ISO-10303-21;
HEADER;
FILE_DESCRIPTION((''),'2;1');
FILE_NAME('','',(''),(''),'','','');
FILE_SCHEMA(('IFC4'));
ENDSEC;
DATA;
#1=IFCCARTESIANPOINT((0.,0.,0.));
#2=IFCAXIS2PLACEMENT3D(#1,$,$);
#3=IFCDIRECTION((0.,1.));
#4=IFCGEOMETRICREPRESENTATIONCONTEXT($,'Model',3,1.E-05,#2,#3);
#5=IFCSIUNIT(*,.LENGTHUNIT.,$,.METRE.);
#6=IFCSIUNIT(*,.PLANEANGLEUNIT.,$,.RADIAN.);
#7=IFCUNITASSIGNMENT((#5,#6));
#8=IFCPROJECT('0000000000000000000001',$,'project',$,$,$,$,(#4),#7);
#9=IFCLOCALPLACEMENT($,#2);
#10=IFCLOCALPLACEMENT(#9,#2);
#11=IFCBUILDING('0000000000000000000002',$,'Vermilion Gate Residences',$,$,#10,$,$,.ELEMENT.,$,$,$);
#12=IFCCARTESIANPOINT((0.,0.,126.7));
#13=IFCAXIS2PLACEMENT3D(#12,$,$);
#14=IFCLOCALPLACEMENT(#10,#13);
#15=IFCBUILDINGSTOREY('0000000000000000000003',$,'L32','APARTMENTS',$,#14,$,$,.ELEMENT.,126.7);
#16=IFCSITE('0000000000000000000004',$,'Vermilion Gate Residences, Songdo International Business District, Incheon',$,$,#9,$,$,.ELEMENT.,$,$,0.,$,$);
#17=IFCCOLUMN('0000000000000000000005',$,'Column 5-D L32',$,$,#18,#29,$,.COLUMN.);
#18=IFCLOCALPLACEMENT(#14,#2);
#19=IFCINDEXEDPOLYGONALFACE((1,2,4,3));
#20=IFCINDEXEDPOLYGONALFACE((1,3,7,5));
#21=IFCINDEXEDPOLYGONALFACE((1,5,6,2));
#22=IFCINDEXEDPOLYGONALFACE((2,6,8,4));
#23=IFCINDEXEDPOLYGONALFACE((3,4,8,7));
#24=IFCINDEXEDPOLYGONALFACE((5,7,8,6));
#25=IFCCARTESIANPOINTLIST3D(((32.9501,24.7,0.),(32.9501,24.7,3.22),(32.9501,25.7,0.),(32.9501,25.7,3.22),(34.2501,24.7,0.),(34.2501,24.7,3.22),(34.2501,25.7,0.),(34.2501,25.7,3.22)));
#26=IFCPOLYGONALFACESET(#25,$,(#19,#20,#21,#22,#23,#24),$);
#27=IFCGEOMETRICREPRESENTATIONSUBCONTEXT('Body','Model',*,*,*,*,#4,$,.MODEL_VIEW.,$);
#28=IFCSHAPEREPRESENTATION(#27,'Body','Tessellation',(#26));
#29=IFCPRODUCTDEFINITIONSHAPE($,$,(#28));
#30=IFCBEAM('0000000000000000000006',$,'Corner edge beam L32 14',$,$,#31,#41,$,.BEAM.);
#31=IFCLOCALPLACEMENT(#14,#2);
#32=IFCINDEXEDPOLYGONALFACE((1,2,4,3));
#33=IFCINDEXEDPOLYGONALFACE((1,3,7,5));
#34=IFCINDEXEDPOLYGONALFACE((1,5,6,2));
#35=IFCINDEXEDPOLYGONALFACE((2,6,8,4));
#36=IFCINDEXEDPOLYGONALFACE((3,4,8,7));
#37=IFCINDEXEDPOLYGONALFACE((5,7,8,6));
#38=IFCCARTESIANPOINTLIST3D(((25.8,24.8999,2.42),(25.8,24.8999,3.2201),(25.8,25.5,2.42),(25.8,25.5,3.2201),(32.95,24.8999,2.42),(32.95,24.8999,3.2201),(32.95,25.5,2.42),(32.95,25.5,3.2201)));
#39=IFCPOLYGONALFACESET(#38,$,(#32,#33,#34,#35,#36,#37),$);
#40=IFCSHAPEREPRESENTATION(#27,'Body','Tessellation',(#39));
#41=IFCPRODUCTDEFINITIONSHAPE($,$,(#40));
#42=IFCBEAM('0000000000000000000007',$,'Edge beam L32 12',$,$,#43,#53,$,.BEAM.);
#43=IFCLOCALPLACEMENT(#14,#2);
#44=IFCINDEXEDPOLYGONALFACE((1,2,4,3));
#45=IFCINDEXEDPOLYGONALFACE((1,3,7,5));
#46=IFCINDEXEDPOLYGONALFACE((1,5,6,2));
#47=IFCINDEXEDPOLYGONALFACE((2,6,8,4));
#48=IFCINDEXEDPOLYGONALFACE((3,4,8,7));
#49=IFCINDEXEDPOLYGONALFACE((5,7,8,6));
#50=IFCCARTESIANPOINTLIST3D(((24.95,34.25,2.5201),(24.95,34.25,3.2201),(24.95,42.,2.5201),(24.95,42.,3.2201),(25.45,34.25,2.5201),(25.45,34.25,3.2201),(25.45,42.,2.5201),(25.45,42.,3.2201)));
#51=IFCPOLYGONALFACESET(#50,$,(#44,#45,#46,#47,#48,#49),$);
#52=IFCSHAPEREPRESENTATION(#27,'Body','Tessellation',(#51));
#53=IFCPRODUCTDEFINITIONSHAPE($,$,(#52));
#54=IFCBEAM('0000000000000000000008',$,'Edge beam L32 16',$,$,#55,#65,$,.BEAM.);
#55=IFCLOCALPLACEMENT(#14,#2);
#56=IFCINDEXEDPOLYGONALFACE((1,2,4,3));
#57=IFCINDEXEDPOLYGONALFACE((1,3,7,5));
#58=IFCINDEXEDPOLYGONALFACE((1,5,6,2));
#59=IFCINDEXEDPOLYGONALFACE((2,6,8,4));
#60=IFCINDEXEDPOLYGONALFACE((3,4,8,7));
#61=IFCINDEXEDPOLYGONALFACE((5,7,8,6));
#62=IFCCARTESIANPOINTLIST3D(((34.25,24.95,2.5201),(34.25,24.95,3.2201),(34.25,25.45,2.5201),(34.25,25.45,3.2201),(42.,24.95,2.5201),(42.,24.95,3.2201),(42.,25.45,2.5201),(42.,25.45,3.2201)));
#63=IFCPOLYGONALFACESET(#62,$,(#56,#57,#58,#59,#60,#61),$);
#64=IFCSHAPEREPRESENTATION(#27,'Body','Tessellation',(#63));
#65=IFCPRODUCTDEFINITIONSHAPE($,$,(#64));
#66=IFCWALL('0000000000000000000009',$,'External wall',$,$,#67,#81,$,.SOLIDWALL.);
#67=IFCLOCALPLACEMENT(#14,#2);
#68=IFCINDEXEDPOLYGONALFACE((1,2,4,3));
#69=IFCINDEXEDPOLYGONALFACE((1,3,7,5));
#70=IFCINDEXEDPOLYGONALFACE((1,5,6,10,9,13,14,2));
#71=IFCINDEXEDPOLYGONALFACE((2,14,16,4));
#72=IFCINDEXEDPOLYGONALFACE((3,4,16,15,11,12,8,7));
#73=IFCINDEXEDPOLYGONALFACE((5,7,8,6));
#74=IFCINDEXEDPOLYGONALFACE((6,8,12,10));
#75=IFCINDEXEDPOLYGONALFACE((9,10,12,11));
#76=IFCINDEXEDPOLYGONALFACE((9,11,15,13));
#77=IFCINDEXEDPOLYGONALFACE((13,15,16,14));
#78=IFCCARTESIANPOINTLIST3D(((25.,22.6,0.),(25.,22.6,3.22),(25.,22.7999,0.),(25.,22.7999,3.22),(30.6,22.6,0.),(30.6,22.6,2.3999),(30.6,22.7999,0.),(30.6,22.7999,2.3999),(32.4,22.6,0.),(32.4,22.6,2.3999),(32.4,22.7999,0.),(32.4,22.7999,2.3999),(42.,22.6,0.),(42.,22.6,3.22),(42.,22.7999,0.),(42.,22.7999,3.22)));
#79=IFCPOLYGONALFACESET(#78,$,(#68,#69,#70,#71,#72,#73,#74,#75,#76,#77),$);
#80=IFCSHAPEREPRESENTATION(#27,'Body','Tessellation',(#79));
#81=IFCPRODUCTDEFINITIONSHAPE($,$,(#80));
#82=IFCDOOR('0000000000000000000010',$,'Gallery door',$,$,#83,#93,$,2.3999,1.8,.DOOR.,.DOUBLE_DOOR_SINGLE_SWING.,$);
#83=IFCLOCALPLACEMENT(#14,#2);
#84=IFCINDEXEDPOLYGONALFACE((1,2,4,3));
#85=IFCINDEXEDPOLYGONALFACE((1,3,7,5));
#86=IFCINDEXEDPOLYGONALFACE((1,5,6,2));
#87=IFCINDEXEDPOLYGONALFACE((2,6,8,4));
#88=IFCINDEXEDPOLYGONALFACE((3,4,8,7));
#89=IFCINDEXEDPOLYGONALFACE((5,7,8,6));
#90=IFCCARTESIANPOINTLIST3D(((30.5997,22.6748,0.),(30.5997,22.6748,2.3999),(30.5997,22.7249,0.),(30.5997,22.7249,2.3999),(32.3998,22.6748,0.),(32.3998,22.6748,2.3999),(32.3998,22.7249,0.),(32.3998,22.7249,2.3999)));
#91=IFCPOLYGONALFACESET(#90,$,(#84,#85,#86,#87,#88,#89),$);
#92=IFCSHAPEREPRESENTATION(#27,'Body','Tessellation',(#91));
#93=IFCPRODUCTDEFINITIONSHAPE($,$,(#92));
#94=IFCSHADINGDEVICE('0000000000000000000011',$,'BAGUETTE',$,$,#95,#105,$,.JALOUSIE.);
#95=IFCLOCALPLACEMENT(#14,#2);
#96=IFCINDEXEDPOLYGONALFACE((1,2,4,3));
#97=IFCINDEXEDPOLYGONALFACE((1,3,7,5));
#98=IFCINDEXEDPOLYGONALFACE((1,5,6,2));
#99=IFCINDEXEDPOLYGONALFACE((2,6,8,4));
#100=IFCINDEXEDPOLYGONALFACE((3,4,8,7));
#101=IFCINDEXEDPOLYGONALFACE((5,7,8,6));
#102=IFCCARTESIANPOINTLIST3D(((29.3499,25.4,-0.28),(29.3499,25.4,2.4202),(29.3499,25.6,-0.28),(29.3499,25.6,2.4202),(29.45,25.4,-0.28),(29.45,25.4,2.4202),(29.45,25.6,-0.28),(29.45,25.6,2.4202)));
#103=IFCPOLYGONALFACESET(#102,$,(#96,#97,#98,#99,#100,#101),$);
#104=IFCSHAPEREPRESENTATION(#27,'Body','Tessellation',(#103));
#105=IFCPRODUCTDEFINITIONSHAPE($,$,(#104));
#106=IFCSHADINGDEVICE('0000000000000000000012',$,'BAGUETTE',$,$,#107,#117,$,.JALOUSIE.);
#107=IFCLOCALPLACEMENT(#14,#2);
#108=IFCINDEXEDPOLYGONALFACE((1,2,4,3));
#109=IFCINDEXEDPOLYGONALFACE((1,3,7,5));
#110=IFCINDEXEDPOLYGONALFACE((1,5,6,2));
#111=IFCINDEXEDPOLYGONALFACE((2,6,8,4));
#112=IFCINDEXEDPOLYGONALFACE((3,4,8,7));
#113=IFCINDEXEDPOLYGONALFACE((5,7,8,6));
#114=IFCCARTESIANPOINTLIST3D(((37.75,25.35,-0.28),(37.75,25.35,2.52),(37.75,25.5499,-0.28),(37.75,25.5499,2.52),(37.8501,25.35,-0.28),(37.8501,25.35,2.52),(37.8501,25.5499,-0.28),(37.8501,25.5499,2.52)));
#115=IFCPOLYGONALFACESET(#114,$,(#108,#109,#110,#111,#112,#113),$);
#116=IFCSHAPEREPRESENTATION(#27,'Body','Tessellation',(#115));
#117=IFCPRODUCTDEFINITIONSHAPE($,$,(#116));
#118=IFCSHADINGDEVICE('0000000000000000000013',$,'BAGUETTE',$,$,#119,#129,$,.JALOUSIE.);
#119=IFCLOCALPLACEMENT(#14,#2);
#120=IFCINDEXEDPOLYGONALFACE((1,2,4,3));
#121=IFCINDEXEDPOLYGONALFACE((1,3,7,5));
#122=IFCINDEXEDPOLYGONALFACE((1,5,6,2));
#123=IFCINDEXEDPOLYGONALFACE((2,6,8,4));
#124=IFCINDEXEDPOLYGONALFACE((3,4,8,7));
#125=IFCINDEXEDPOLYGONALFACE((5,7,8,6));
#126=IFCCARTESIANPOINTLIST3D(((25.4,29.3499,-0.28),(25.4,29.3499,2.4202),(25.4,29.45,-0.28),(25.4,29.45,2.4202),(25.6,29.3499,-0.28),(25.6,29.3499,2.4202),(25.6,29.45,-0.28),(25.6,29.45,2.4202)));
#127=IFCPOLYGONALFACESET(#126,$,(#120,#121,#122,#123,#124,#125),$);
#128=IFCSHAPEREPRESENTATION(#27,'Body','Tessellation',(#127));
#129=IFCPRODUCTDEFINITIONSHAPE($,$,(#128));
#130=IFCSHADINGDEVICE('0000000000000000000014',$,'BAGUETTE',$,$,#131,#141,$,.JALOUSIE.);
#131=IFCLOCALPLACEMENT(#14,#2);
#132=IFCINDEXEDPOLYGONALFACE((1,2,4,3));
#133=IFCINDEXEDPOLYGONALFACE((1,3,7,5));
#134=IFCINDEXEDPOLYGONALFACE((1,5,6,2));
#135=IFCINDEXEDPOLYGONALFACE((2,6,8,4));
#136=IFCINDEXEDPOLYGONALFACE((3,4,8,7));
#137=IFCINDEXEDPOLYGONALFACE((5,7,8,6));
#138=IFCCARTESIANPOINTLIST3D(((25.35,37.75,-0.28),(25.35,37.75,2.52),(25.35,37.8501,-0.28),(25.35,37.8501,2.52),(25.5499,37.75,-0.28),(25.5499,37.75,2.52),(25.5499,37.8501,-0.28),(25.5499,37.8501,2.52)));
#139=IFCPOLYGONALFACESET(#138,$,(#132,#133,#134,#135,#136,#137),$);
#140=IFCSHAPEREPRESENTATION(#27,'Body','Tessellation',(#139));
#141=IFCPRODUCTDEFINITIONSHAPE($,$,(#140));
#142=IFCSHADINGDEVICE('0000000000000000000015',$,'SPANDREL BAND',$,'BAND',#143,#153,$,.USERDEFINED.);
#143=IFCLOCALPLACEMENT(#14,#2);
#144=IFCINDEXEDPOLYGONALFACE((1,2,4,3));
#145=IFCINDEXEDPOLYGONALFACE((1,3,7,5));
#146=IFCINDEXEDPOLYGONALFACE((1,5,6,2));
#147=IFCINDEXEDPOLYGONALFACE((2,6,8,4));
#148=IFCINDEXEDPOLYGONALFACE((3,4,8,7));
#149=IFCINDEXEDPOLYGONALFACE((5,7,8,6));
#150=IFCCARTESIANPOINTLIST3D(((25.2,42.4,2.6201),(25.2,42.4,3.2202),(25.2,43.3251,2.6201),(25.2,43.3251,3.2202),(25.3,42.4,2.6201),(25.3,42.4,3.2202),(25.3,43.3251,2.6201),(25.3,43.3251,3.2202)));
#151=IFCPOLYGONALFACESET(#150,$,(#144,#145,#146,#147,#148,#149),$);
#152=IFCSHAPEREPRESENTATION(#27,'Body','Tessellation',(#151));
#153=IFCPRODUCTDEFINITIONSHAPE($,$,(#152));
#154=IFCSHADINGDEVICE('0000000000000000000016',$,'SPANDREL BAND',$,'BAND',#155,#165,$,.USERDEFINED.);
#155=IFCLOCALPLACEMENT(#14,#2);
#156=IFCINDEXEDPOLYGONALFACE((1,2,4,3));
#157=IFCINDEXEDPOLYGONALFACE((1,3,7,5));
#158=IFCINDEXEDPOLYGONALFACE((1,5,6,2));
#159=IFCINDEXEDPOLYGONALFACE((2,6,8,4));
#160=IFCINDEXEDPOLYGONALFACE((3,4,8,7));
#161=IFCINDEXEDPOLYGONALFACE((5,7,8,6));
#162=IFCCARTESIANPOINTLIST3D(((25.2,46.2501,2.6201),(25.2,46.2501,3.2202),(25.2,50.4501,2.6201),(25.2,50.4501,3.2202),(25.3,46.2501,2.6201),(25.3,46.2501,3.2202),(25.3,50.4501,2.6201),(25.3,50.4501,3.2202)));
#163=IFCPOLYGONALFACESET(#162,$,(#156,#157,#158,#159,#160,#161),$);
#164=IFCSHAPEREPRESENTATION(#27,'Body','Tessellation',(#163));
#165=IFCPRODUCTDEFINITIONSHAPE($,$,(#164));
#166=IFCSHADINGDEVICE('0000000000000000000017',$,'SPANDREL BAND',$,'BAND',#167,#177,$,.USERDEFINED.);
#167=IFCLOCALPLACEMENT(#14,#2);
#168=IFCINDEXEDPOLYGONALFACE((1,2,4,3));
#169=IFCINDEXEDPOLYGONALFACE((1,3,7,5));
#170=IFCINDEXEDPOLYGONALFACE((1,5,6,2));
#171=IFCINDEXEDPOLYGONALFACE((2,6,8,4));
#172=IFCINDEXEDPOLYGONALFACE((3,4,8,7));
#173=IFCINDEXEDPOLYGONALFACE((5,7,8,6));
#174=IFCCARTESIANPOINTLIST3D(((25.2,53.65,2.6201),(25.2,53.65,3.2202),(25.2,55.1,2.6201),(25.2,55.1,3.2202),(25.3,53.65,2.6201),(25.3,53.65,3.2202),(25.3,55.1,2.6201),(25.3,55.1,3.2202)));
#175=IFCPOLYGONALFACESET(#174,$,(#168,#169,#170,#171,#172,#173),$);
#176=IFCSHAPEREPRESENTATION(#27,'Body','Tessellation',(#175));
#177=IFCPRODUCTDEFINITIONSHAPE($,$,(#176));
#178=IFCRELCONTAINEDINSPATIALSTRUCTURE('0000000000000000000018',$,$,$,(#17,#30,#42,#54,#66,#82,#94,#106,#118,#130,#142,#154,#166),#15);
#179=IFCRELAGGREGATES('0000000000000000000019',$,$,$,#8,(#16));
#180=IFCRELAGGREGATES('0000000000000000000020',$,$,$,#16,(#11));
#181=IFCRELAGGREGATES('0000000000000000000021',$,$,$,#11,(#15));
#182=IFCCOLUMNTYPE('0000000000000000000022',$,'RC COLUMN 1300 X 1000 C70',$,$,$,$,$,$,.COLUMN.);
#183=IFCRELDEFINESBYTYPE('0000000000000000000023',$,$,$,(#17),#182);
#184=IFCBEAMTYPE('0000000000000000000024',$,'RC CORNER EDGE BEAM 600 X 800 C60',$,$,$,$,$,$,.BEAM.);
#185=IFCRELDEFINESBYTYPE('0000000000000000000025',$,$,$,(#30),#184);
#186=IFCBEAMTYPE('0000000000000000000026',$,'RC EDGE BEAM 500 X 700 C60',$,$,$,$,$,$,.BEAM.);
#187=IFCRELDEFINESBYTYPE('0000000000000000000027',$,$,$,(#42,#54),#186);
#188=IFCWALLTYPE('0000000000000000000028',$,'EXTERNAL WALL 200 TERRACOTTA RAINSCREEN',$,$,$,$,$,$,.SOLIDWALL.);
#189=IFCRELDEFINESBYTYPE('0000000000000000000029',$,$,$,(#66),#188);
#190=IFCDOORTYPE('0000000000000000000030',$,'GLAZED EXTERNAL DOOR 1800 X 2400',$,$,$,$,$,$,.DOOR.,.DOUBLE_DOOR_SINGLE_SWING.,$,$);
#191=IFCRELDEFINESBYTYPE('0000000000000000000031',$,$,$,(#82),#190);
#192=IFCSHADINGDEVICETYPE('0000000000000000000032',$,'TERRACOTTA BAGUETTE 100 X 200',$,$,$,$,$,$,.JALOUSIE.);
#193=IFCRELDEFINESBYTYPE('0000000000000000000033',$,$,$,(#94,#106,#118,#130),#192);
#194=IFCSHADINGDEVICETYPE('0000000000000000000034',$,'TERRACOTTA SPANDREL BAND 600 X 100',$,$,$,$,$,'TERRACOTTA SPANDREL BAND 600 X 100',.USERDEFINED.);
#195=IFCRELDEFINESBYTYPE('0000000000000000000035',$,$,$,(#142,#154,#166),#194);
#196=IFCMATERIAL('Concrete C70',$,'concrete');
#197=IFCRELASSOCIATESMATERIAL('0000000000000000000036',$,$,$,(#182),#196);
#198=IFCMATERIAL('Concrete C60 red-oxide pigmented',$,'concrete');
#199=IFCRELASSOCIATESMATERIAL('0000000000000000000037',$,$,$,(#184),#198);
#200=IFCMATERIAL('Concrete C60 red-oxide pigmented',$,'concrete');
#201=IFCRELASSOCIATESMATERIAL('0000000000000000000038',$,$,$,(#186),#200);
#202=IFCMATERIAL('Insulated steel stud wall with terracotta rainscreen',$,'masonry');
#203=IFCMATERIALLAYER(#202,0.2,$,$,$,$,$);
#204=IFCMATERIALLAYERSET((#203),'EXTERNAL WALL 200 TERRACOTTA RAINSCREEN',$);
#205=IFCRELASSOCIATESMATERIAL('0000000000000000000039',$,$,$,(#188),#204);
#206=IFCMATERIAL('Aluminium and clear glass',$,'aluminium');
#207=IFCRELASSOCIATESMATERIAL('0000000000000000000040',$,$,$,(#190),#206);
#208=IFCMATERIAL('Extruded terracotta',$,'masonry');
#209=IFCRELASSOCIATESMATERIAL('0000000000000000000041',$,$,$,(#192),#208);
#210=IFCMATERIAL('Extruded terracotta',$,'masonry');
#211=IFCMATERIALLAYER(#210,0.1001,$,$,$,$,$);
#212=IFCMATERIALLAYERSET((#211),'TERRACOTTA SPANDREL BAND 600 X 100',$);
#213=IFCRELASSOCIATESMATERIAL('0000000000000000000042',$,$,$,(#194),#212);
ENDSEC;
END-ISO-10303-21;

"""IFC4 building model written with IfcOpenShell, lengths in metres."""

from ifc_helpers import new_model, si_unit, direction, frame, frame_2d, origin, origin_2d, place, context, subcontext, project, spatial, rectangle, extrude, material, layer, layer_set, material_profile, profile_set, type_object, element, fill, save


model = new_model("IFC4")

# Units and contexts
model_context = context("Model", 3, precision=1e-05, world=origin(), true_north=direction((0.0, 1.0)))
body_context = subcontext(model_context, "Body", "Model", "MODEL_VIEW")
ifc_project = project(units=[si_unit("LENGTHUNIT", "METRE"), si_unit("PLANEANGLEUNIT", "RADIAN")], contexts=[model_context])

# Site, building, storey
site_placement = place(None, origin())
site = spatial("IfcSite", under=ifc_project, at=site_placement, Name="Vermilion Gate Residences, Songdo International Business District, Incheon", CompositionType="ELEMENT", RefElevation=0.0)
building_placement = place(site_placement, origin())
building = spatial("IfcBuilding", under=site, at=building_placement, Name="Vermilion Gate Residences", CompositionType="ELEMENT")
storey_placement = place(building_placement, frame((0.0, 0.0, 126.7)))
storey = spatial("IfcBuildingStorey", under=building, at=storey_placement, Name="L32", Description="APARTMENTS", CompositionType="ELEMENT", Elevation=126.7)

# Column
ifc_material_1 = material(Name="Concrete C70", Category="concrete")
ifc_material_profile_1 = material_profile(ifc_material_1, rectangle(XDim=1.3, YDim=1.0, at=origin_2d()), Name="RC-1300x1000")
ifc_profile_set_1 = profile_set([ifc_material_profile_1], Name="Concrete C70")
column_type = type_object("IfcColumnType", Name="RC COLUMN 1300 X 1000 C70", PredefinedType="COLUMN", material=ifc_profile_set_1)
column_placement = place(storey_placement, frame((33.6001, 25.2, 0.0), z_axis=(0.0, 0.0, 1.0), x_axis=(1.0, 0.0, 0.0)))
element("IfcColumn", 1, at=column_placement, inside=storey, type_object=column_type, Name="Column 5-D L32", PredefinedType="COLUMN", context=body_context, shape_type="SweptSolid", body=[
    extrude(rectangle(XDim=1.3, YDim=1.0, at=origin_2d()), origin(), (0.0, 0.0, 1.0), 3.22),
])

# Beams
ifc_material_2 = material(Name="Concrete C60 red-oxide pigmented", Category="concrete")
ifc_material_profile_2 = material_profile(ifc_material_2, rectangle(XDim=0.6001, YDim=0.8, at=origin_2d()), Name="RC-600x800")
ifc_profile_set_2 = profile_set([ifc_material_profile_2], Name="Concrete C60 red-oxide pigmented")
beam_type_1 = type_object("IfcBeamType", Name="RC CORNER EDGE BEAM 600 X 800 C60", PredefinedType="BEAM", material=ifc_profile_set_2)
beam_placement = place(storey_placement, frame((25.8, 25.2, 2.8201), z_axis=(1.0, 0.0, 0.0), x_axis=(0.0, 1.0, 0.0)))
element("IfcBeam", 2, at=beam_placement, inside=storey, type_object=beam_type_1, Name="Corner edge beam L32 14", PredefinedType="BEAM", context=body_context, shape_type="SweptSolid", body=[
    extrude(rectangle(XDim=0.6001, YDim=0.8, at=origin_2d()), origin(), (0.0, 0.0, 1.0), 7.1499),
])
ifc_material_3 = material(Name="Concrete C60 red-oxide pigmented", Category="concrete")
ifc_material_profile_3 = material_profile(ifc_material_3, rectangle(XDim=0.5, YDim=0.7, at=origin_2d()), Name="RC-500x700")
ifc_profile_set_3 = profile_set([ifc_material_profile_3], Name="Concrete C60 red-oxide pigmented")
beam_type_2 = type_object("IfcBeamType", Name="RC EDGE BEAM 500 X 700 C60", PredefinedType="BEAM", material=ifc_profile_set_3)
for number, where, z_axis, x_axis, name in (
    (3, (25.2, 34.25, 2.8701), (0.0, 1.0, 0.0), (-1.0, 0.0, 0.0), "Edge beam L32 12"),
    (4, (34.25, 25.2, 2.8701), (1.0, 0.0, 0.0), (0.0, 1.0, 0.0), "Edge beam L32 16"),
):
    element("IfcBeam", number, at=place(storey_placement, frame(where, z_axis=z_axis, x_axis=x_axis)), inside=storey, type_object=beam_type_2, Name=name, PredefinedType="BEAM", context=body_context, shape_type="SweptSolid", body=[
        extrude(rectangle(XDim=0.5, YDim=0.7, at=origin_2d()), origin(), (0.0, 0.0, 1.0), 7.75),
    ])

# Wall, opening, door
ifc_material_4 = material(Name="Insulated steel stud wall with terracotta rainscreen", Category="masonry")
ifc_layer_1 = layer(ifc_material_4, 0.2)
ifc_layer_set_1 = layer_set([ifc_layer_1], Name="EXTERNAL WALL 200 TERRACOTTA RAINSCREEN")
wall_type = type_object("IfcWallType", Name="EXTERNAL WALL 200 TERRACOTTA RAINSCREEN", PredefinedType="SOLIDWALL", material=ifc_layer_set_1)
wall_placement = place(storey_placement, frame((42.0, 22.7, 0.0), z_axis=(0.0, 0.0, 1.0), x_axis=(-1.0, 0.0, 0.0)))
wall = element("IfcWall", 5, at=wall_placement, inside=storey, type_object=wall_type, Name="External wall", PredefinedType="SOLIDWALL", context=body_context, shape_type="SweptSolid", body=[
    extrude(rectangle(XDim=17.0, YDim=0.2, at=frame_2d((8.5, 0.0))), origin(), (0.0, 0.0, 1.0), 3.22),
])
opening_placement = place(wall_placement, frame((9.6001, 0.0, 0.0)))
opening = element("IfcOpeningElement", 6, at=opening_placement, cuts=wall, PredefinedType="OPENING", context=body_context, shape_type="SweptSolid", body=[
    extrude(rectangle(XDim=1.8, YDim=2.3999, at=frame_2d((0.8999, 1.2))), frame((0.0, 0.1099, 0.0), z_axis=(0.0, -1.0, 0.0), x_axis=(1.0, 0.0, 0.0)), (0.0, 0.0, 1.0), 0.22),
])
ifc_material_5 = material(Name="Aluminium and clear glass", Category="aluminium")
door_type = type_object("IfcDoorType", Name="GLAZED EXTERNAL DOOR 1800 X 2400", OperationType="DOUBLE_DOOR_SINGLE_SWING", PredefinedType="DOOR", material=ifc_material_5)
door_placement = place(opening_placement, frame((1.8, 0.0, 0.0), z_axis=(0.0, 0.0, 1.0), x_axis=(-1.0, 0.0, 0.0)))
door = element("IfcDoor", 7, at=door_placement, inside=storey, type_object=door_type, Name="Gallery door", OperationType="DOUBLE_DOOR_SINGLE_SWING", OverallHeight=2.3999, OverallWidth=1.8, PredefinedType="DOOR", context=body_context, shape_type="SweptSolid", body=[
    extrude(rectangle(XDim=1.8, YDim=2.3999, at=frame_2d((0.8999, 1.2))), frame((0.0, 0.0249, 0.0), z_axis=(0.0, -1.0, 0.0), x_axis=(1.0, 0.0, 0.0)), (0.0, 0.0, 1.0), 0.05),
])
fill(opening, door)

# Shading devices
ifc_material_6 = material(Name="Extruded terracotta", Category="masonry")
ifc_material_profile_4 = material_profile(ifc_material_6, rectangle(XDim=0.2, YDim=0.1001, at=origin_2d()), Name="BAGUETTE 100 X 200")
ifc_profile_set_4 = profile_set([ifc_material_profile_4], Name="Extruded terracotta")
shading_device_type_1 = type_object("IfcShadingDeviceType", Name="TERRACOTTA BAGUETTE 100 X 200", PredefinedType="JALOUSIE", material=ifc_profile_set_4)
shading_device_1_placement = place(storey_placement, frame((29.3999, 25.5, -0.28), z_axis=(0.0, 0.0, 1.0), x_axis=(0.0, -1.0, 0.0)))
element("IfcShadingDevice", 8, at=shading_device_1_placement, inside=storey, type_object=shading_device_type_1, Name="BAGUETTE", PredefinedType="JALOUSIE", context=body_context, shape_type="SweptSolid", body=[
    extrude(rectangle(XDim=0.2, YDim=0.1001, at=origin_2d()), origin(), (0.0, 0.0, 1.0), 2.7002),
])
shading_device_2_placement = place(storey_placement, frame((37.8, 25.45, -0.28), z_axis=(0.0, 0.0, 1.0), x_axis=(0.0, -1.0, 0.0)))
element("IfcShadingDevice", 9, at=shading_device_2_placement, inside=storey, type_object=shading_device_type_1, Name="BAGUETTE", PredefinedType="JALOUSIE", context=body_context, shape_type="SweptSolid", body=[
    extrude(rectangle(XDim=0.2, YDim=0.1001, at=origin_2d()), origin(), (0.0, 0.0, 1.0), 2.8),
])
shading_device_3_placement = place(storey_placement, frame((25.5, 29.3999, -0.28), z_axis=(0.0, 0.0, 1.0), x_axis=(-1.0, 0.0, 0.0)))
element("IfcShadingDevice", 10, at=shading_device_3_placement, inside=storey, type_object=shading_device_type_1, Name="BAGUETTE", PredefinedType="JALOUSIE", context=body_context, shape_type="SweptSolid", body=[
    extrude(rectangle(XDim=0.2, YDim=0.1001, at=origin_2d()), origin(), (0.0, 0.0, 1.0), 2.7002),
])
shading_device_4_placement = place(storey_placement, frame((25.45, 37.8, -0.28), z_axis=(0.0, 0.0, 1.0), x_axis=(-1.0, 0.0, 0.0)))
element("IfcShadingDevice", 11, at=shading_device_4_placement, inside=storey, type_object=shading_device_type_1, Name="BAGUETTE", PredefinedType="JALOUSIE", context=body_context, shape_type="SweptSolid", body=[
    extrude(rectangle(XDim=0.2, YDim=0.1001, at=origin_2d()), origin(), (0.0, 0.0, 1.0), 2.8),
])
ifc_material_7 = material(Name="Extruded terracotta", Category="masonry")
ifc_layer_2 = layer(ifc_material_7, 0.1001)
ifc_layer_set_2 = layer_set([ifc_layer_2], Name="TERRACOTTA SPANDREL BAND 600 X 100")
shading_device_type_2 = type_object("IfcShadingDeviceType", Name="TERRACOTTA SPANDREL BAND 600 X 100", ElementType="TERRACOTTA SPANDREL BAND 600 X 100", PredefinedType="USERDEFINED", material=ifc_layer_set_2)
shading_device_5_placement = place(storey_placement, frame((25.25, 42.8625, 2.6201), z_axis=(0.0, 0.0, 1.0), x_axis=(0.0, 1.0, 0.0)))
element("IfcShadingDevice", 12, at=shading_device_5_placement, inside=storey, type_object=shading_device_type_2, Name="SPANDREL BAND", ObjectType="BAND", PredefinedType="USERDEFINED", context=body_context, shape_type="SweptSolid", body=[
    extrude(rectangle(XDim=0.925, YDim=0.1001, at=origin_2d()), origin(), (0.0, 0.0, 1.0), 0.6001),
])
shading_device_6_placement = place(storey_placement, frame((25.25, 48.3501, 2.6201), z_axis=(0.0, 0.0, 1.0), x_axis=(0.0, 1.0, 0.0)))
element("IfcShadingDevice", 13, at=shading_device_6_placement, inside=storey, type_object=shading_device_type_2, Name="SPANDREL BAND", ObjectType="BAND", PredefinedType="USERDEFINED", context=body_context, shape_type="SweptSolid", body=[
    extrude(rectangle(XDim=4.2, YDim=0.1001, at=origin_2d()), origin(), (0.0, 0.0, 1.0), 0.6001),
])
shading_device_7_placement = place(storey_placement, frame((25.25, 54.375, 2.6201), z_axis=(0.0, 0.0, 1.0), x_axis=(0.0, 1.0, 0.0)))
element("IfcShadingDevice", 14, at=shading_device_7_placement, inside=storey, type_object=shading_device_type_2, Name="SPANDREL BAND", ObjectType="BAND", PredefinedType="USERDEFINED", context=body_context, shape_type="SweptSolid", body=[
    extrude(rectangle(XDim=1.45, YDim=0.1001, at=origin_2d()), origin(), (0.0, 0.0, 1.0), 0.6001),
])

save(model, "model.ifc")
